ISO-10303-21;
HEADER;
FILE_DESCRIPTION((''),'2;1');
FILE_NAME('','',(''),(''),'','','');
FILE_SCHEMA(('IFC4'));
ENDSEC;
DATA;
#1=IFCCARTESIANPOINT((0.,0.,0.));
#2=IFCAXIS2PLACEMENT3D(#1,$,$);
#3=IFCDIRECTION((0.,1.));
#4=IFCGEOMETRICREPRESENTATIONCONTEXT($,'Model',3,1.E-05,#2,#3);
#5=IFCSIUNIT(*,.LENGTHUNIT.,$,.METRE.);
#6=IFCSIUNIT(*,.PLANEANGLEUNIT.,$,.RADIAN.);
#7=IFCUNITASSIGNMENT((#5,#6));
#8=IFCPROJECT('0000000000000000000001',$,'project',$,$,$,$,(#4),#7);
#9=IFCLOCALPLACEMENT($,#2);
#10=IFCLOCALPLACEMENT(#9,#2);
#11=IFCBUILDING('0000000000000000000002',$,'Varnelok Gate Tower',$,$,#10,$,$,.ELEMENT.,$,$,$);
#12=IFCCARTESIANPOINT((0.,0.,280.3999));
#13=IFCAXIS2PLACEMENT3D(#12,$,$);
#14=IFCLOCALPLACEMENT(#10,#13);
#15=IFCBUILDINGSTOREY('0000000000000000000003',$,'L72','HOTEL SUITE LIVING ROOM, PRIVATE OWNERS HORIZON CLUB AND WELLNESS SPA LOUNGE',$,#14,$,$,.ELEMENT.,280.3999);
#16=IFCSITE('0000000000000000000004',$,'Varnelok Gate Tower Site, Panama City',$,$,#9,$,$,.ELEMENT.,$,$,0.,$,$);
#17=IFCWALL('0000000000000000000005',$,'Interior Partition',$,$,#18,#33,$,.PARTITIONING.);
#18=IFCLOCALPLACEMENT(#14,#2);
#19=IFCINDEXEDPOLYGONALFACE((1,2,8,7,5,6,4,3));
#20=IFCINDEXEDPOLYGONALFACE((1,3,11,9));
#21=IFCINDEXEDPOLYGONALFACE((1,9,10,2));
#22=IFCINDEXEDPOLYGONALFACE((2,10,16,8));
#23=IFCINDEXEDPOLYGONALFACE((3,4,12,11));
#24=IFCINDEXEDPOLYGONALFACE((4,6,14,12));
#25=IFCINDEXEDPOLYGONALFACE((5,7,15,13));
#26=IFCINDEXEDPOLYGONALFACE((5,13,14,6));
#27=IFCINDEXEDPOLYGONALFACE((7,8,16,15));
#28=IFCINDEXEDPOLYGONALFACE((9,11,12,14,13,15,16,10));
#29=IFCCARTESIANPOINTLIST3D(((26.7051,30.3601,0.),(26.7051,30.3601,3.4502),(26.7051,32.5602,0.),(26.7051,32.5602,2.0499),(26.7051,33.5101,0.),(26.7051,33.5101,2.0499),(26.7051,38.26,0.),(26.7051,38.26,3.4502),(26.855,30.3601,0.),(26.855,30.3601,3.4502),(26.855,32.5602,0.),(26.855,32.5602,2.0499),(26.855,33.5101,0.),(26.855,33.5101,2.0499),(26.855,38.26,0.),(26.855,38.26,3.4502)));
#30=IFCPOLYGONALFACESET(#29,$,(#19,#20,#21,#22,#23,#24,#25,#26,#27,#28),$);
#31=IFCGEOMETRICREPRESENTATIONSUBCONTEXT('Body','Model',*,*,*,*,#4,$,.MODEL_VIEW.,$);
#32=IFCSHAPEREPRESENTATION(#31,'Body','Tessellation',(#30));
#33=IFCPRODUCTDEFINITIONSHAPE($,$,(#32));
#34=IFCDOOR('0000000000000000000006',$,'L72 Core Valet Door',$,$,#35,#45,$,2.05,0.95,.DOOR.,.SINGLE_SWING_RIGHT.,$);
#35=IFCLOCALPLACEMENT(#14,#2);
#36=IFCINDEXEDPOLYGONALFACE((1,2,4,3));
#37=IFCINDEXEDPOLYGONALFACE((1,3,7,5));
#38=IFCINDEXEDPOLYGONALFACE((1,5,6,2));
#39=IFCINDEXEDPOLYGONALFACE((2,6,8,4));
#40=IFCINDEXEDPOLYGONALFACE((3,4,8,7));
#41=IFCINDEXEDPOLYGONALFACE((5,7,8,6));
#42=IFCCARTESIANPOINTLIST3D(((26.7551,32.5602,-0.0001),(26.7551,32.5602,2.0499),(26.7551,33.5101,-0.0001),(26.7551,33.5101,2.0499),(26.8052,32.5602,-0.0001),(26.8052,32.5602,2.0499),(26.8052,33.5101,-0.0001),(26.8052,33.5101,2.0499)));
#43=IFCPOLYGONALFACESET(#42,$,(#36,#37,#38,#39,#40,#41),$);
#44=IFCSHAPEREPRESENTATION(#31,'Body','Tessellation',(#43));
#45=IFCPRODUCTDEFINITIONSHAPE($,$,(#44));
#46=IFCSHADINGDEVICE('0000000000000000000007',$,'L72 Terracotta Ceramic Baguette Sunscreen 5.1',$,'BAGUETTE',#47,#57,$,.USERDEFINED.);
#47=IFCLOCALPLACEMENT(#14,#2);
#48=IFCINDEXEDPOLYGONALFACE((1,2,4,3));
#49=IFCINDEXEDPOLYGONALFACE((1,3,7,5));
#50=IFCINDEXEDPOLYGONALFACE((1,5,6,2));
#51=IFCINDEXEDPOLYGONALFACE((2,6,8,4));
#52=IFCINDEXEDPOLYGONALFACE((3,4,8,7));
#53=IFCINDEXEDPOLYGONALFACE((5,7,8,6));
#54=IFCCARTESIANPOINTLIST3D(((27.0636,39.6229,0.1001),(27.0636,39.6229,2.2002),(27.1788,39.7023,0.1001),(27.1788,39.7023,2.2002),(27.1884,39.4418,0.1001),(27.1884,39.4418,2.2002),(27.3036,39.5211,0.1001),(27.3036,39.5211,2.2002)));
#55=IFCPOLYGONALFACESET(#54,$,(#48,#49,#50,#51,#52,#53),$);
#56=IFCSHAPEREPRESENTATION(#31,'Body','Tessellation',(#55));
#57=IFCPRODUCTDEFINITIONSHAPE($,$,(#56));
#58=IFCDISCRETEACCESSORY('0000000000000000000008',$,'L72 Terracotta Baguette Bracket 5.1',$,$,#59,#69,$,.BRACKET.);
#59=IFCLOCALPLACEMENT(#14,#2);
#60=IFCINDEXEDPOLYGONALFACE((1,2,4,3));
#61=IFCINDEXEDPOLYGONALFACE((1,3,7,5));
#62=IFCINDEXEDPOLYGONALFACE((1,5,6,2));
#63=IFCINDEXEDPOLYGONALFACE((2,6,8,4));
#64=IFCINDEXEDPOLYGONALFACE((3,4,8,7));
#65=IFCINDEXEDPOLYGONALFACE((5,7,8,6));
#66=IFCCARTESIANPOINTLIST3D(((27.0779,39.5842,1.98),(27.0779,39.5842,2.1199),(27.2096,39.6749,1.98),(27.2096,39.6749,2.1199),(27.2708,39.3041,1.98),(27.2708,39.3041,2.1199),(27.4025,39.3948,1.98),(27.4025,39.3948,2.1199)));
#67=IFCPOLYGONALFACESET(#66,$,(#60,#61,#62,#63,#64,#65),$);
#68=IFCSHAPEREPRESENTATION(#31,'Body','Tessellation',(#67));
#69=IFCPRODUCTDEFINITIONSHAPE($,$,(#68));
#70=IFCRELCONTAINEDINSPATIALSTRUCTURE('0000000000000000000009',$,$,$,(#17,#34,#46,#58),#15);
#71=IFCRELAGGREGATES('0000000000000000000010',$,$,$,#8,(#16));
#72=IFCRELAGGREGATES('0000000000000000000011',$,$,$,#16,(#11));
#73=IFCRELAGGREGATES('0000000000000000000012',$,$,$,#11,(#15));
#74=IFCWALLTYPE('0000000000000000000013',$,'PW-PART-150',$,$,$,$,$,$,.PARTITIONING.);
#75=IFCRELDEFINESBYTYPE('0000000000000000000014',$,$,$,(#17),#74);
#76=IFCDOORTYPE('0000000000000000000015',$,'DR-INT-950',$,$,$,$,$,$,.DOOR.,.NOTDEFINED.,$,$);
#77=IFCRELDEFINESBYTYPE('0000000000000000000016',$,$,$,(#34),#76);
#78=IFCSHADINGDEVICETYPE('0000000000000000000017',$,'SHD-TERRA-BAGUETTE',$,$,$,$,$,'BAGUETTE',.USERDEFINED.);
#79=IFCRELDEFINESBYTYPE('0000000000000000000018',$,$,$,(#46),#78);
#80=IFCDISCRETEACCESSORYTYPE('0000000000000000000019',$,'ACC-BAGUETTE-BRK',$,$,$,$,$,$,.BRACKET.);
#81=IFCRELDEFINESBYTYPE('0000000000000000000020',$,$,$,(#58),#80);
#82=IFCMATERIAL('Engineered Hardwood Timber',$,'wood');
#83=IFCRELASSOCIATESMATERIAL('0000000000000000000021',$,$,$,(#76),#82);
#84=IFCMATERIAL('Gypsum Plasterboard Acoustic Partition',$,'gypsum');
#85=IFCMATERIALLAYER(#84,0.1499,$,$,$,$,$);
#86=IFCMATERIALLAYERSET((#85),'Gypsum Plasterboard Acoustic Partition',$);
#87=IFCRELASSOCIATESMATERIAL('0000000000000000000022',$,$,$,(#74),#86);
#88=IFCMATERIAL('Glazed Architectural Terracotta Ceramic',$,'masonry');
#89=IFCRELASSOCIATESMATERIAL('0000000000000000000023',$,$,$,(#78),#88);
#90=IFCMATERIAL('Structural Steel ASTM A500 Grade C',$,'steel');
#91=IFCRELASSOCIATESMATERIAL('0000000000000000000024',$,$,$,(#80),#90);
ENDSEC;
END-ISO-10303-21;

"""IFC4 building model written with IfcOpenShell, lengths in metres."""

from ifc_helpers import new_model, si_unit, direction, frame, frame_2d, origin, origin_2d, place, context, subcontext, project, spatial, rectangle, extrude, source, transform, mapped, material, layer, layer_set, type_object, element, fill, save


model = new_model("IFC4")

# Units and contexts
model_context = context("Model", 3, precision=1e-05, world=origin(), true_north=direction((0.0, 1.0)))
body_context = subcontext(model_context, "Body", "Model", "MODEL_VIEW")
ifc_project = project(units=[si_unit("LENGTHUNIT", "METRE"), si_unit("PLANEANGLEUNIT", "RADIAN")], contexts=[model_context])

# Site, building, storey
site_placement = place(None, origin())
site = spatial("IfcSite", under=ifc_project, at=site_placement, Name="Varnelok Gate Tower Site, Panama City", CompositionType="ELEMENT", RefElevation=0.0)
building_placement = place(site_placement, origin())
building = spatial("IfcBuilding", under=site, at=building_placement, Name="Varnelok Gate Tower", CompositionType="ELEMENT")
storey_placement = place(building_placement, frame((0.0, 0.0, 280.3999)))
storey = spatial("IfcBuildingStorey", under=building, at=storey_placement, Name="L72", Description="HOTEL SUITE LIVING ROOM, PRIVATE OWNERS HORIZON CLUB AND WELLNESS SPA LOUNGE", CompositionType="ELEMENT", Elevation=280.3999)

# Shared definitions
ifc_material_1 = material(Name="Gypsum Plasterboard Acoustic Partition", Category="gypsum")
ifc_material_2 = material(Name="Engineered Hardwood Timber", Category="wood")
door_type_1 = type_object("IfcDoorType", Name="DR-INT-950", OperationType="NOTDEFINED", PredefinedType="DOOR", material=ifc_material_2)

# Shared definitions
ifc_layer_1 = layer(ifc_material_1, 0.1499)
ifc_layer_set_1 = layer_set([ifc_layer_1], Name="Gypsum Plasterboard Acoustic Partition")
wall_type_1 = type_object("IfcWallType", Name="PW-PART-150", PredefinedType="PARTITIONING", material=ifc_layer_set_1)

# Wall, opening, door
wall_1_placement = place(storey_placement, frame((26.78, 30.3601, 0.0), z_axis=(0.0, 0.0, 1.0), x_axis=(0.0, 1.0, 0.0)))
wall_1 = element("IfcWall", 1, at=wall_1_placement, inside=storey, type_object=wall_type_1, Name="Interior Partition", PredefinedType="PARTITIONING", context=body_context, shape_type="SweptSolid", body=[
    extrude(rectangle(XDim=7.8999, YDim=0.1499, at=frame_2d((3.95, 0.0))), origin(), (0.0, 0.0, 1.0), 3.4502),
])
opening_1_placement = place(wall_1_placement, frame((2.2, 0.0, 0.0)))
opening_1 = element("IfcOpeningElement", 2, at=opening_1_placement, cuts=wall_1, PredefinedType="OPENING", context=body_context, shape_type="SweptSolid", body=[
    extrude(rectangle(XDim=0.95, YDim=2.05, at=frame_2d((0.4751, 1.0249))), frame((0.0, 0.085, 0.0), z_axis=(0.0, -1.0, 0.0), x_axis=(1.0, 0.0, 0.0)), (0.0, 0.0, 1.0), 0.1699),
])
door_1_placement = place(opening_1_placement, origin())
door_1 = element("IfcDoor", 3, at=door_1_placement, inside=storey, type_object=door_type_1, Name="L72 Core Valet Door", OperationType="SINGLE_SWING_RIGHT", OverallHeight=2.05, OverallWidth=0.95, PredefinedType="DOOR", context=body_context, shape_type="SweptSolid", body=[
    extrude(rectangle(XDim=0.95, YDim=2.05, at=frame_2d((0.4751, 1.0249))), frame((0.0, 0.0249, 0.0), z_axis=(0.0, -1.0, 0.0), x_axis=(1.0, 0.0, 0.0)), (0.0, 0.0, 1.0), 0.05),
])
fill(opening_1, door_1)

# Shading device
ifc_material_3 = material(Name="Glazed Architectural Terracotta Ceramic", Category="masonry")
shading_device_type = type_object("IfcShadingDeviceType", Name="SHD-TERRA-BAGUETTE", ElementType="BAGUETTE", PredefinedType="USERDEFINED", material=ifc_material_3)
shared_shape_1 = source(origin(), body_context, "Body", "SweptSolid", [
    extrude(rectangle(XDim=0.1399, YDim=0.22, at=origin_2d()), origin(), (0.0, 0.0, 1.0), 2.1001),
])
shading_device_placement = place(storey_placement, frame((27.1836, 39.572, 0.1001), z_axis=(0.0, 0.0, 1.0), x_axis=(0.823533, 0.567269, 0.0)))
element("IfcShadingDevice", 4, at=shading_device_placement, inside=storey, type_object=shading_device_type, Name="L72 Terracotta Ceramic Baguette Sunscreen 5.1", ObjectType="BAGUETTE", PredefinedType="USERDEFINED", context=body_context, shape_type="MappedRepresentation", body=[
    mapped(shared_shape_1, transform((0.0, 0.0, 0.0), scale=1.0)),
])

# Discrete accessory
ifc_material_4 = material(Name="Structural Steel ASTM A500 Grade C", Category="steel")
discrete_accessory_type = type_object("IfcDiscreteAccessoryType", Name="ACC-BAGUETTE-BRK", PredefinedType="BRACKET", material=ifc_material_4)
shared_shape_2 = source(origin(), body_context, "Body", "SweptSolid", [
    extrude(rectangle(XDim=0.1599, YDim=0.3401, at=origin_2d()), origin(), (0.0, 0.0, 1.0), 0.1399),
])
discrete_accessory_placement = place(storey_placement, frame((27.2402, 39.4895, 1.98), z_axis=(0.0, 0.0, 1.0), x_axis=(0.823533, 0.567269, 0.0)))
element("IfcDiscreteAccessory", 5, at=discrete_accessory_placement, inside=storey, type_object=discrete_accessory_type, Name="L72 Terracotta Baguette Bracket 5.1", PredefinedType="BRACKET", context=body_context, shape_type="MappedRepresentation", body=[
    mapped(shared_shape_2, transform((0.0, 0.0, 0.0), scale=1.0)),
])

save(model, "model.ifc")
